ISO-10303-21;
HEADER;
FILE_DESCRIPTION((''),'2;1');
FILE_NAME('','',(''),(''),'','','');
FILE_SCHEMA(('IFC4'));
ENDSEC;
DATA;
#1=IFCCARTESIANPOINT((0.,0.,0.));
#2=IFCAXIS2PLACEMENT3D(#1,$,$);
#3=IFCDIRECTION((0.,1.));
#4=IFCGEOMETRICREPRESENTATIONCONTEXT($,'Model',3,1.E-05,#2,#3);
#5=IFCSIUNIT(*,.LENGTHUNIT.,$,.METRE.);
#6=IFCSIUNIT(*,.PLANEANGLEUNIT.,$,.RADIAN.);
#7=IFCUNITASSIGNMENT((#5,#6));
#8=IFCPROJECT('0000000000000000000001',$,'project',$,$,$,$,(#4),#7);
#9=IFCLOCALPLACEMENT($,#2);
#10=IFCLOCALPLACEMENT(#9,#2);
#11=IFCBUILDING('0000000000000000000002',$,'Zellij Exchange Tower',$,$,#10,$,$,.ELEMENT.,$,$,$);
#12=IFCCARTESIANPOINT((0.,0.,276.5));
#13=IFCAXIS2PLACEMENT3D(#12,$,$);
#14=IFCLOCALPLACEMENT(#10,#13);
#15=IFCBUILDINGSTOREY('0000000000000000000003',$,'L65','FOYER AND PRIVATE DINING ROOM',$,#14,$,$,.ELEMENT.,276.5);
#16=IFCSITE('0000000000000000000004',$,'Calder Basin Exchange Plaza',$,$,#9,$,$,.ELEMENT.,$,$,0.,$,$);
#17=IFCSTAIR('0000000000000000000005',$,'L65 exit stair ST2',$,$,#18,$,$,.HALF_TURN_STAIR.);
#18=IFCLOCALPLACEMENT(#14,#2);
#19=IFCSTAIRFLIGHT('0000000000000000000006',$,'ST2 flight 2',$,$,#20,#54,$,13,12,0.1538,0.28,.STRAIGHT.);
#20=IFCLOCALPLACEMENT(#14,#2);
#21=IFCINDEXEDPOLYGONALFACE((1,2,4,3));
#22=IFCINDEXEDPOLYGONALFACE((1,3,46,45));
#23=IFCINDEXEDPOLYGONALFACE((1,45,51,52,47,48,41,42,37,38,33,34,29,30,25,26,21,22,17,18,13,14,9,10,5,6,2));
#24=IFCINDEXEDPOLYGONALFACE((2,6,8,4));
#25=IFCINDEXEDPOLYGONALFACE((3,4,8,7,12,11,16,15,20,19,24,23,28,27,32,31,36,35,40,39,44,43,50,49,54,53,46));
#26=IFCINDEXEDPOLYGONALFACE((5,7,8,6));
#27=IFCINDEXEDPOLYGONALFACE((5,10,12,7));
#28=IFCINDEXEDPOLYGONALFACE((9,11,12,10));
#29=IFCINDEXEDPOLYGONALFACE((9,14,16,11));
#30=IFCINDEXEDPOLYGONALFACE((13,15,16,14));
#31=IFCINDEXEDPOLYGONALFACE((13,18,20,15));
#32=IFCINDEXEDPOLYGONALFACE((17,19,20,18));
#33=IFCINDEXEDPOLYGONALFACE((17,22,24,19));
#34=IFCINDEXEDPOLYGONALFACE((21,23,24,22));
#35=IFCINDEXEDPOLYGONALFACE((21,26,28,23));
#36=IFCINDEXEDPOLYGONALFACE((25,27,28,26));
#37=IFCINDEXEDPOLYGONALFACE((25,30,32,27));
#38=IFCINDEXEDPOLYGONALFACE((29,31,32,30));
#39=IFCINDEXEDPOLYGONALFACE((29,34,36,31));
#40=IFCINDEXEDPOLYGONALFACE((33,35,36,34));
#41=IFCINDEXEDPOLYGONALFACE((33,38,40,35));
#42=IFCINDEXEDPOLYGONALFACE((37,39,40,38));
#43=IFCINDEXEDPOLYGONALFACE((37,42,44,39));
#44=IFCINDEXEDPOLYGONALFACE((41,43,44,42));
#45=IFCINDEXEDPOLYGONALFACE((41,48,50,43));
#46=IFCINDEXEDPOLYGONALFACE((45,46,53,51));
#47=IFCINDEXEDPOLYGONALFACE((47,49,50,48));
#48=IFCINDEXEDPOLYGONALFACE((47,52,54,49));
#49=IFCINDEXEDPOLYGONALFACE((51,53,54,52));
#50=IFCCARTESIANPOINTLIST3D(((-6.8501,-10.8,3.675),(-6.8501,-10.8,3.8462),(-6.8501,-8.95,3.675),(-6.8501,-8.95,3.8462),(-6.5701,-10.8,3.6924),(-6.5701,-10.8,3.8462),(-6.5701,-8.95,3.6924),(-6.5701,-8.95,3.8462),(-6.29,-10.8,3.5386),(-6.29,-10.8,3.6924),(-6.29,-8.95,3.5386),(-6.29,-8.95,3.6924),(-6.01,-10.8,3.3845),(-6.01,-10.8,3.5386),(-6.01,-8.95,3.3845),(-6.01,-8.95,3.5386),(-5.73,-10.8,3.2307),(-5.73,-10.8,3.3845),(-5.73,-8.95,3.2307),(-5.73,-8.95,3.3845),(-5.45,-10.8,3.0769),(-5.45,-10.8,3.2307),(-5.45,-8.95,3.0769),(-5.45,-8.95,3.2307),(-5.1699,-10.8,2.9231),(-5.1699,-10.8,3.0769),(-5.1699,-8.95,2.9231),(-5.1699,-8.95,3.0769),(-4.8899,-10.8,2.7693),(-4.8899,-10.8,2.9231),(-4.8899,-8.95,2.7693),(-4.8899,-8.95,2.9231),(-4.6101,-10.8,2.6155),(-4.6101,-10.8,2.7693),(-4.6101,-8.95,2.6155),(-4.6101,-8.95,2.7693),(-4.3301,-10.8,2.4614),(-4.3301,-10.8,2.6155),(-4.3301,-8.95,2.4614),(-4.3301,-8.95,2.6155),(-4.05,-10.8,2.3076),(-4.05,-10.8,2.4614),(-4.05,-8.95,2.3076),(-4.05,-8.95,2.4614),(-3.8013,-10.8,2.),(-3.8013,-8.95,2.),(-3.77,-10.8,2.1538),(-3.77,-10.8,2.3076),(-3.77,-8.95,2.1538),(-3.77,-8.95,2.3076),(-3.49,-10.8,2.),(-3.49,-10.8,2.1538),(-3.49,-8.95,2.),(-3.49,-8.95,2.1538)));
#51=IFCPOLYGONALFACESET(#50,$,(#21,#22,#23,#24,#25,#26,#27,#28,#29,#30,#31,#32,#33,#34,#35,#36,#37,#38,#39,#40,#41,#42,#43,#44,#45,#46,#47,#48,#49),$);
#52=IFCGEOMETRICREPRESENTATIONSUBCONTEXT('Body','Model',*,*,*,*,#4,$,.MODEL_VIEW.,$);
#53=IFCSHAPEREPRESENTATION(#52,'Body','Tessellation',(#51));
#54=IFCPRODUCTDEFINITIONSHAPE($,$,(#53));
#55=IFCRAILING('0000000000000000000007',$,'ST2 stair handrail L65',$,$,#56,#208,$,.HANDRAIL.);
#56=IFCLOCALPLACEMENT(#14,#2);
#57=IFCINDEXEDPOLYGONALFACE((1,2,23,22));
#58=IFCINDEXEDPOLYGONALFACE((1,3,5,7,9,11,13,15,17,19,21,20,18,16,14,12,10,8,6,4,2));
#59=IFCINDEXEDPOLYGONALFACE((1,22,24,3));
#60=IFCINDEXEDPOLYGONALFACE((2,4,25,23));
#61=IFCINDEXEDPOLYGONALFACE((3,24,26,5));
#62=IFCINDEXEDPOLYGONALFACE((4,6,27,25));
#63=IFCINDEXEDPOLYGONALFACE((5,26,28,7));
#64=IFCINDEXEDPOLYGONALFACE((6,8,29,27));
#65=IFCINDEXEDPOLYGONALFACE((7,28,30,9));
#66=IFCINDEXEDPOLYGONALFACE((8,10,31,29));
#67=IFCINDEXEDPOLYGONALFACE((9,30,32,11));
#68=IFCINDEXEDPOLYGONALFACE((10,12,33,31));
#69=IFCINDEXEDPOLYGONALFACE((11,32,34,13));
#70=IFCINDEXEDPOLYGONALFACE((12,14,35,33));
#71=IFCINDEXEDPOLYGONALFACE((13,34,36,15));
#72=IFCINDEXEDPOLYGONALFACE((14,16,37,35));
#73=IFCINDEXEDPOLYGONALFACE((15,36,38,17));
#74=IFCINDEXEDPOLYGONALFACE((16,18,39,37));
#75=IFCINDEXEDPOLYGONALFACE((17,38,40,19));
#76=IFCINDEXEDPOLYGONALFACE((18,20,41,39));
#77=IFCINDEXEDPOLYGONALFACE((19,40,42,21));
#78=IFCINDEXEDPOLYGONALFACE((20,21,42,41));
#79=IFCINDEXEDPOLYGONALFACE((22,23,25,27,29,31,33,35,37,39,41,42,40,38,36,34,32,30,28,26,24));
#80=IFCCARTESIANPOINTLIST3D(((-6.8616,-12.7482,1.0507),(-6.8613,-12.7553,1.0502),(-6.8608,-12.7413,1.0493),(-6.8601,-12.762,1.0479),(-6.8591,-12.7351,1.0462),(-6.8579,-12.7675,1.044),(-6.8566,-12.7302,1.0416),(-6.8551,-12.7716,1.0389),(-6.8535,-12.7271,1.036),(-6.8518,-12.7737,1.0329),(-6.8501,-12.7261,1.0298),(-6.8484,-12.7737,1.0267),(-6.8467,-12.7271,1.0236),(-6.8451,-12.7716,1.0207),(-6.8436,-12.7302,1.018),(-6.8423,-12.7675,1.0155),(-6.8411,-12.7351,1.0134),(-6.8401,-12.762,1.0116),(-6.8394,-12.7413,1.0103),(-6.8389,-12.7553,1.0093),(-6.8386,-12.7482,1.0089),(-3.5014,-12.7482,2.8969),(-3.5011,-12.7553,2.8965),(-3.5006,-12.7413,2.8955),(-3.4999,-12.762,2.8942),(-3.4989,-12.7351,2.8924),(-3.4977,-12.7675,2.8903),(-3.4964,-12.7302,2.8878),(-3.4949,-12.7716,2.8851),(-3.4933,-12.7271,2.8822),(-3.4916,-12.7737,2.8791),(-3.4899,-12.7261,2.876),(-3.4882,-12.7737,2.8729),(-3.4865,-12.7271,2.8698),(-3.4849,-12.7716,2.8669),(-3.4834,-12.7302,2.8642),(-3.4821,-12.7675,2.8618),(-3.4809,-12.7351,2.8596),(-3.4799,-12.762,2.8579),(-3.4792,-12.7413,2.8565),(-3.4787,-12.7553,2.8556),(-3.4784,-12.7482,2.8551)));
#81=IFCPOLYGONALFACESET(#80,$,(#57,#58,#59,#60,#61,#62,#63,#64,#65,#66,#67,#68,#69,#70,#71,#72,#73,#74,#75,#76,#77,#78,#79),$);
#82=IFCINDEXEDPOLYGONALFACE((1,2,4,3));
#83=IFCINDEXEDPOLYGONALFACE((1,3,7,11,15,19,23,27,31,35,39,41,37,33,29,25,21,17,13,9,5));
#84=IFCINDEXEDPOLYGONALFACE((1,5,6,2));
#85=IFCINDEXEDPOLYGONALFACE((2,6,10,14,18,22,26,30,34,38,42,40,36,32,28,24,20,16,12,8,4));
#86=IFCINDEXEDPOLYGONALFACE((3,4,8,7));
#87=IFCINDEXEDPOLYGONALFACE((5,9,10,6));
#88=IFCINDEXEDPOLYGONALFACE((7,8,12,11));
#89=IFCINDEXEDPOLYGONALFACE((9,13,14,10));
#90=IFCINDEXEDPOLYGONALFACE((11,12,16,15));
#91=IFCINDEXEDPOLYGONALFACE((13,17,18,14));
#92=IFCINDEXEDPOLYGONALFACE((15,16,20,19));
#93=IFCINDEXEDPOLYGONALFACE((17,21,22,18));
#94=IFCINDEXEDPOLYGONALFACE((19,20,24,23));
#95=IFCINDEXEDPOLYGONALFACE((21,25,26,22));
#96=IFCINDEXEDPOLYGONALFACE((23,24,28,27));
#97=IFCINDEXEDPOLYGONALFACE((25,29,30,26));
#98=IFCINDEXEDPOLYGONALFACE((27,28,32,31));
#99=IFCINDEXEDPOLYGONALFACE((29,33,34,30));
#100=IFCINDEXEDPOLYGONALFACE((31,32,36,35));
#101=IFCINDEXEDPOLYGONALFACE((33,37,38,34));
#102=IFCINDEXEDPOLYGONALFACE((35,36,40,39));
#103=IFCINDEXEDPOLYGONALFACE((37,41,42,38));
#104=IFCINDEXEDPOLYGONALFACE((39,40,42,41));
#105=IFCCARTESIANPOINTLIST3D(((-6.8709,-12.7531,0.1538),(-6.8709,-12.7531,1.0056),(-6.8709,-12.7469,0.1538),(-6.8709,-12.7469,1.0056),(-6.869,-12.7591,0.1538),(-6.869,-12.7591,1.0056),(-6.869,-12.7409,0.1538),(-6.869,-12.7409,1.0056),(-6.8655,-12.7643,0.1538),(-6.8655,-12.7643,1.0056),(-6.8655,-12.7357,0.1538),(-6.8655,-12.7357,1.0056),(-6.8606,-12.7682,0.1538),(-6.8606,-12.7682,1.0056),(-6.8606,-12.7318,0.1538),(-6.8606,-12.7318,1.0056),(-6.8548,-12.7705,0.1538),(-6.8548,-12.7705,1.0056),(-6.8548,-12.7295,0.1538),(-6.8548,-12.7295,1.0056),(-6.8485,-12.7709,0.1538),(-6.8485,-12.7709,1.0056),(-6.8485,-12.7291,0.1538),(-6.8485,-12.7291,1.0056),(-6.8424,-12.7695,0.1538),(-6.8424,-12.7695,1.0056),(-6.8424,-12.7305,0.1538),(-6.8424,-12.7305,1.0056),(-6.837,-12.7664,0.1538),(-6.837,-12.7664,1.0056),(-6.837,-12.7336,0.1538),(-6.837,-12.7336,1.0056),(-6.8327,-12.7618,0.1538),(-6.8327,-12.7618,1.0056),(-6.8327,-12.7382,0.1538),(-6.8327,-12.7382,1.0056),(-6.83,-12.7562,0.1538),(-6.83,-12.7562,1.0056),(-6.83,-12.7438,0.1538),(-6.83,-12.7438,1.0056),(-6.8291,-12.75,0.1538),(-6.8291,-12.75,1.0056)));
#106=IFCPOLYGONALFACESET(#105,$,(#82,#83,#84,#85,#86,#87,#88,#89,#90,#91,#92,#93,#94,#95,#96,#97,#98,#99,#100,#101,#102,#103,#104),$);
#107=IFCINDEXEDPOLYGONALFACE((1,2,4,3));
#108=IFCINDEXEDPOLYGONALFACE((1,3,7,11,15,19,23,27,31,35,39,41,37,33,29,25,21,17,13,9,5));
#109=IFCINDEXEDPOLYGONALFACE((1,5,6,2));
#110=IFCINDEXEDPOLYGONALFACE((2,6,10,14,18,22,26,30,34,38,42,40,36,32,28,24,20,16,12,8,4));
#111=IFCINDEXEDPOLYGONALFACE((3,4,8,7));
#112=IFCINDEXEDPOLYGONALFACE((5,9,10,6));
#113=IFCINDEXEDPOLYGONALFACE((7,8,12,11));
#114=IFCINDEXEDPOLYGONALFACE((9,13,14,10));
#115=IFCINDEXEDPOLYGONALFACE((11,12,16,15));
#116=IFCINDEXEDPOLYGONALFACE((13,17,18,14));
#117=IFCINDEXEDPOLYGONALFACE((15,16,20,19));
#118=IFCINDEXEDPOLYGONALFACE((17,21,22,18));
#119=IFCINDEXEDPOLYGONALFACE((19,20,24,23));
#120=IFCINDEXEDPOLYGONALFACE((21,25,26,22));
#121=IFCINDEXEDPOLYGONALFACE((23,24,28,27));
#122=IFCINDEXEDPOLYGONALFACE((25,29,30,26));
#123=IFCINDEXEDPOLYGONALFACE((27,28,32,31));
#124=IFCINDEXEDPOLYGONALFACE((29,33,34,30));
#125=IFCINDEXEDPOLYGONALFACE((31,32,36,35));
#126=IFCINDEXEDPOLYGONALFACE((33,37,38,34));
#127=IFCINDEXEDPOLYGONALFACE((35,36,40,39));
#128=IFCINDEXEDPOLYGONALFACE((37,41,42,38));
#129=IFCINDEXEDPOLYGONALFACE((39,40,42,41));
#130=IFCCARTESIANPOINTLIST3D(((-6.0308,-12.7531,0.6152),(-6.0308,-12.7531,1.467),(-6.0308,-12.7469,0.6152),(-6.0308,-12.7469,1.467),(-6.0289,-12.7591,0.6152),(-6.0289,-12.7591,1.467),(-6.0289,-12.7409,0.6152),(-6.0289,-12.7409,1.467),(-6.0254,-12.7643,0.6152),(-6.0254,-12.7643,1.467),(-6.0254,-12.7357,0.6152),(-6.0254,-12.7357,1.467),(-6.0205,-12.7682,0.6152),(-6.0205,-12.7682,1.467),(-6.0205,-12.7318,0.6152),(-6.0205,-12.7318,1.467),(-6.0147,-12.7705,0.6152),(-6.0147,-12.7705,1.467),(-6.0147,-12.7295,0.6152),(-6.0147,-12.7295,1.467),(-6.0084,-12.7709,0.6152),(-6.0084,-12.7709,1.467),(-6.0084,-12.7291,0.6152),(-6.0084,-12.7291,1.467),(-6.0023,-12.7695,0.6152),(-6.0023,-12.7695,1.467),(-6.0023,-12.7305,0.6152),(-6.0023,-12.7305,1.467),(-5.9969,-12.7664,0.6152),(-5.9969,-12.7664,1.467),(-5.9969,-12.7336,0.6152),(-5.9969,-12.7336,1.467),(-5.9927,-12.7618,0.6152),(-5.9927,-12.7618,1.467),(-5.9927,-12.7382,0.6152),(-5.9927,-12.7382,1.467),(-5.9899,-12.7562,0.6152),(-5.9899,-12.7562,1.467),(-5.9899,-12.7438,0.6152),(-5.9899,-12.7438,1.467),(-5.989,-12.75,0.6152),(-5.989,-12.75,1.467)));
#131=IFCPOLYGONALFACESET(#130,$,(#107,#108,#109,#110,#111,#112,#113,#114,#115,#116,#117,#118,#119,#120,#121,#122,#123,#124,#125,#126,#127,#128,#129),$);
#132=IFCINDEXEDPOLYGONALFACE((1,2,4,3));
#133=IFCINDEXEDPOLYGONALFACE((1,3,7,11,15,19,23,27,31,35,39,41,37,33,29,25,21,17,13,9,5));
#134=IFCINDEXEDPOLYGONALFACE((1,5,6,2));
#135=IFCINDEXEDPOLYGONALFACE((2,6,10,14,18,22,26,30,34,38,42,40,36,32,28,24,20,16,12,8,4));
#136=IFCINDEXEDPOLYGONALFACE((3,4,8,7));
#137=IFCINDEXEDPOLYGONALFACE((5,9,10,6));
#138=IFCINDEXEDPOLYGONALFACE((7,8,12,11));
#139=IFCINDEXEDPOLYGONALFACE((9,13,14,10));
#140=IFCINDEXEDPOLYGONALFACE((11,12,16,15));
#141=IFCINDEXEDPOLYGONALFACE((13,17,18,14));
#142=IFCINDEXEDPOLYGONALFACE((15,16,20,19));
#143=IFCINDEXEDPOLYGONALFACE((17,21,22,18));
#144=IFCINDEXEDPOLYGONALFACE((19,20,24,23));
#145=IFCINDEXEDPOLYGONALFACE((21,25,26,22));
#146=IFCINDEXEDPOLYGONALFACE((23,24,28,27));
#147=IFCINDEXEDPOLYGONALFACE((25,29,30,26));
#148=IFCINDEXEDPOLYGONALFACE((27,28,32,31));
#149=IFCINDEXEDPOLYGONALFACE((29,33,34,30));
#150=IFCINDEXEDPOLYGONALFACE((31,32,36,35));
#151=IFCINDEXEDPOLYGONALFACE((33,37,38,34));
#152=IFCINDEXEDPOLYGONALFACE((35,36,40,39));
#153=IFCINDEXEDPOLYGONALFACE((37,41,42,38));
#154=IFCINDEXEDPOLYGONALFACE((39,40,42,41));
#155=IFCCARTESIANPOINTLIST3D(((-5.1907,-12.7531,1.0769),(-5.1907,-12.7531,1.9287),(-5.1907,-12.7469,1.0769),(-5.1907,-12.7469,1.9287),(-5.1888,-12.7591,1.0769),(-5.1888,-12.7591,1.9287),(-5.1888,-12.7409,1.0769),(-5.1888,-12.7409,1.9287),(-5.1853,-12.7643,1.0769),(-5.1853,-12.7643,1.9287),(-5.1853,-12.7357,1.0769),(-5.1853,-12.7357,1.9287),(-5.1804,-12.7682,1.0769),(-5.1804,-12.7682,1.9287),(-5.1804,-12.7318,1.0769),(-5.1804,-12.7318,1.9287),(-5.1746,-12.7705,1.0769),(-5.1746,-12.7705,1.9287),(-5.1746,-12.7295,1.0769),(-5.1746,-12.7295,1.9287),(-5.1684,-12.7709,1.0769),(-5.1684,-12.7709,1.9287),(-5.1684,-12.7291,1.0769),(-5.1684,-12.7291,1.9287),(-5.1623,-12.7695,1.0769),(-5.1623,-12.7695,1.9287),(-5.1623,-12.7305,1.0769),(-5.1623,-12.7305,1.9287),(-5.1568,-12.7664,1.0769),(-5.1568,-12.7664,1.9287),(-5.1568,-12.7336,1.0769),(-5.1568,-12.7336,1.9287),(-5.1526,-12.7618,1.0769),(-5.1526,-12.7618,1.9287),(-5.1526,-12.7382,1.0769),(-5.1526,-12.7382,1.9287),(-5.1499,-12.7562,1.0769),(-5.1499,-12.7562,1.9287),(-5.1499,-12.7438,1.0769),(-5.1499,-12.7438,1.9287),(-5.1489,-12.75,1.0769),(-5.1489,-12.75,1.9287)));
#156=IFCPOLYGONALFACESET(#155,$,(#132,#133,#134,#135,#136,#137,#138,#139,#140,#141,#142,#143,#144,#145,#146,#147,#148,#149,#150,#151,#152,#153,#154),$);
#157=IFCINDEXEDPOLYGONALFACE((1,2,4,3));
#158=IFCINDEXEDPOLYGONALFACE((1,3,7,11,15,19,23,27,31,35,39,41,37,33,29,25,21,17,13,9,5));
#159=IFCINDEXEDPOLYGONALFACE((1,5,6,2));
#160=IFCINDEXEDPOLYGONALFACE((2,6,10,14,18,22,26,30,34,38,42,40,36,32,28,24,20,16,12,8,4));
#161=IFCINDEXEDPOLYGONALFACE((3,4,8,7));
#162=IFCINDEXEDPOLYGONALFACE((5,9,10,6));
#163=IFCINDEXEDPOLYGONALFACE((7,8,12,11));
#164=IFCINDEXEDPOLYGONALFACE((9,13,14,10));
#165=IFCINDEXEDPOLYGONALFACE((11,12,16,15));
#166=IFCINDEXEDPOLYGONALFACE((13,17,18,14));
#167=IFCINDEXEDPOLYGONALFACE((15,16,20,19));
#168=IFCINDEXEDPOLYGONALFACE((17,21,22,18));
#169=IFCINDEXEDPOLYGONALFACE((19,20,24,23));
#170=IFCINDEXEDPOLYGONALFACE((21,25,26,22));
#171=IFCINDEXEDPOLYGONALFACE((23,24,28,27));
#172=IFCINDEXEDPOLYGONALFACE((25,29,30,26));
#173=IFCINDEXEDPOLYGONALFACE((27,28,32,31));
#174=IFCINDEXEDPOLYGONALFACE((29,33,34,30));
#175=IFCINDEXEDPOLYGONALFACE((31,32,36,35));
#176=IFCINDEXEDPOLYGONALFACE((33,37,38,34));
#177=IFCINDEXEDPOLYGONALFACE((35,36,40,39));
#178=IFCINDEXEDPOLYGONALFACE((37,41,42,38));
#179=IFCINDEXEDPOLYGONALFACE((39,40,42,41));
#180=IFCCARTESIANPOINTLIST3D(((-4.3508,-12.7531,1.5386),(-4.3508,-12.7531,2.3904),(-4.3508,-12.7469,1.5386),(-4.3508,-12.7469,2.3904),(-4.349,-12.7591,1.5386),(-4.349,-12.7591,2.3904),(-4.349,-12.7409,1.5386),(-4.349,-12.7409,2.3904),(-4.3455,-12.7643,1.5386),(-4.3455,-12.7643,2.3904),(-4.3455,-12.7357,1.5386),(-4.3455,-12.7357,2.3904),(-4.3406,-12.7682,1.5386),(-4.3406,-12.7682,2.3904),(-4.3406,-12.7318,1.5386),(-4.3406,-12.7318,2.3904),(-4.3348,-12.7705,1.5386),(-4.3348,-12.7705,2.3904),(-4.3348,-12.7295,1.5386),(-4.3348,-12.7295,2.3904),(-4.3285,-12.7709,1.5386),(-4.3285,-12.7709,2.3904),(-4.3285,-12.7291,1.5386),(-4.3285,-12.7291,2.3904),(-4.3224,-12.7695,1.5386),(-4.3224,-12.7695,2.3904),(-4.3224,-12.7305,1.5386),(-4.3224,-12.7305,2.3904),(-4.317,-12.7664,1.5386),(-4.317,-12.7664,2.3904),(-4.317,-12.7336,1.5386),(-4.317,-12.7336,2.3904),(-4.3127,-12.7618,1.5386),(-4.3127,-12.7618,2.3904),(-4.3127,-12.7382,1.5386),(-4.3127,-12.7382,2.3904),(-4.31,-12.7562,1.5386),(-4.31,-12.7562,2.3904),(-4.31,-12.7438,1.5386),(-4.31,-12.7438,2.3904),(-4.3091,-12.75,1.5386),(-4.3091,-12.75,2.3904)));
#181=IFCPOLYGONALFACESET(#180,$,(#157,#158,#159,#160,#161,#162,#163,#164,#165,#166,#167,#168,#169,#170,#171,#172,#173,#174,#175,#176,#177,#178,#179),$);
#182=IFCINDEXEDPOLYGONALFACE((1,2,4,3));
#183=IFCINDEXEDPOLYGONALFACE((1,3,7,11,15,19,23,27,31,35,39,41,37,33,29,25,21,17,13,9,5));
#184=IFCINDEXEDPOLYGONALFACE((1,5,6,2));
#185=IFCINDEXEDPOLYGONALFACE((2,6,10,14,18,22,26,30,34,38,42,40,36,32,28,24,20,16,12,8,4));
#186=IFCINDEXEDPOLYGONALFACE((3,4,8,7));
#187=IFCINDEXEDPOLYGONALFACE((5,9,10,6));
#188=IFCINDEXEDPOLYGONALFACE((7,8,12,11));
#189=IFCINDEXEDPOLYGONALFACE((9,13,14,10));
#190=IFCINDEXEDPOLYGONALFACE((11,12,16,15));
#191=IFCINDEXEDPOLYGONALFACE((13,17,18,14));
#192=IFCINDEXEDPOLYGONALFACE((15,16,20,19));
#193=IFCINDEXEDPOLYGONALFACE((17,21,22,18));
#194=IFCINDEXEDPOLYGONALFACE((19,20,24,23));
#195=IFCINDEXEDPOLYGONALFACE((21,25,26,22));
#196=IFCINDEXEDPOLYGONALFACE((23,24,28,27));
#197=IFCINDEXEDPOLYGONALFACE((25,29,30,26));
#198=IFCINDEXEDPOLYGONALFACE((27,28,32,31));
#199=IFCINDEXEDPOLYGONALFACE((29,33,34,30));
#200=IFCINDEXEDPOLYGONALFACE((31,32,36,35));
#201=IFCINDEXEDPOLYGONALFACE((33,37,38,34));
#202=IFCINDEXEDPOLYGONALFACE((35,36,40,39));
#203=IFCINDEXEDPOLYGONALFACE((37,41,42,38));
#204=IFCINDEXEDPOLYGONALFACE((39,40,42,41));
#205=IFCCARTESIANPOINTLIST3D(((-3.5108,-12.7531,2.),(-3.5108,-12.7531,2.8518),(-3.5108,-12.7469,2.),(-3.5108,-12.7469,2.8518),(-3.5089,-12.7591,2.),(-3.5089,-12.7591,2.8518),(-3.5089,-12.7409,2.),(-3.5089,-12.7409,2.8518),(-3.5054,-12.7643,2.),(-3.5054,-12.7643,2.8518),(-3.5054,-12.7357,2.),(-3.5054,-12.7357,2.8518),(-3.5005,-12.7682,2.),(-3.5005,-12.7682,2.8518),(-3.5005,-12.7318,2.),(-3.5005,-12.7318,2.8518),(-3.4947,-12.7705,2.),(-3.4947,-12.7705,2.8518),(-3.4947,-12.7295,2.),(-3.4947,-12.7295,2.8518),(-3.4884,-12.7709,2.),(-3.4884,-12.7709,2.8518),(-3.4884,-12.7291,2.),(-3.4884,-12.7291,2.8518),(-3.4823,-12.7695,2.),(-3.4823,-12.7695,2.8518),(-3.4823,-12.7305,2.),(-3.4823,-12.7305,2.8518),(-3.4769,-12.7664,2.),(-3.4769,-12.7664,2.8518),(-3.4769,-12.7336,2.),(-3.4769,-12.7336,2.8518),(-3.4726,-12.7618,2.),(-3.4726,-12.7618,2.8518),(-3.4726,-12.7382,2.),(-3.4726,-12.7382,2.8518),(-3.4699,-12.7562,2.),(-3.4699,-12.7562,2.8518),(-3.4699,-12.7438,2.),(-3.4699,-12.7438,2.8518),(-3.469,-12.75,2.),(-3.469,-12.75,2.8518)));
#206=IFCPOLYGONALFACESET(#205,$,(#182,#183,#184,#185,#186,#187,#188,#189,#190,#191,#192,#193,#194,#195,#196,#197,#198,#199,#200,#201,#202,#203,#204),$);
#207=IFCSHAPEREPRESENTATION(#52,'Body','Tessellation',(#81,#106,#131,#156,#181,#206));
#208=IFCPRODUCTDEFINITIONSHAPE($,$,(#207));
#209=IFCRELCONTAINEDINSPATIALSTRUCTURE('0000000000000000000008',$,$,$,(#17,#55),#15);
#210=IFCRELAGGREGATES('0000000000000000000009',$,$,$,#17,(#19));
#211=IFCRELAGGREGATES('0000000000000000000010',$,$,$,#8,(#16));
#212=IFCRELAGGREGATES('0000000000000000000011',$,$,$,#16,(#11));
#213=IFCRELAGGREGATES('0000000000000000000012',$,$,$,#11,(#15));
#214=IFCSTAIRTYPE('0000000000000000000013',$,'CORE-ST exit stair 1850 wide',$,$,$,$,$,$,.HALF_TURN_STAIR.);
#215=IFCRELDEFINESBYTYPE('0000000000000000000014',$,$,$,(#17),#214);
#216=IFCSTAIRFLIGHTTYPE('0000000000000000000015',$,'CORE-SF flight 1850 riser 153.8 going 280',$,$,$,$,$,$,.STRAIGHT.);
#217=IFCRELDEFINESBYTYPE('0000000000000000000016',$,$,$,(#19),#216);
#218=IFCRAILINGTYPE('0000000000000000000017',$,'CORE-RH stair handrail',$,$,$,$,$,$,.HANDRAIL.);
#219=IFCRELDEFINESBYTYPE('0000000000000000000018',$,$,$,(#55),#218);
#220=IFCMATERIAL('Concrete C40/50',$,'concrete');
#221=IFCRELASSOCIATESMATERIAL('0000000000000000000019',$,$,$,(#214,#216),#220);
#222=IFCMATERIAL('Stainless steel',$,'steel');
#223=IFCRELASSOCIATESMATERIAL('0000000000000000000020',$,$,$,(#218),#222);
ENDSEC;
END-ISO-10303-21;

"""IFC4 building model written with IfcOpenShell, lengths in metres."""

from ifc_helpers import new_model, si_unit, direction, frame, origin, origin_2d, place, context, subcontext, project, spatial, polyline, circle, outline, extrude, material, type_object, element, aggregate, save


model = new_model("IFC4")

# Units and contexts
model_context = context("Model", 3, precision=1e-05, world=origin(), true_north=direction((0.0, 1.0)))
body_context = subcontext(model_context, "Body", "Model", "MODEL_VIEW")
ifc_project = project(units=[si_unit("LENGTHUNIT", "METRE"), si_unit("PLANEANGLEUNIT", "RADIAN")], contexts=[model_context])

# Site, building, storey
site_placement = place(None, origin())
site = spatial("IfcSite", under=ifc_project, at=site_placement, Name="Calder Basin Exchange Plaza", CompositionType="ELEMENT", RefElevation=0.0)
building_placement = place(site_placement, origin())
building = spatial("IfcBuilding", under=site, at=building_placement, Name="Zellij Exchange Tower", CompositionType="ELEMENT")
storey_placement = place(building_placement, frame((0.0, 0.0, 276.5)))
storey = spatial("IfcBuildingStorey", under=building, at=storey_placement, Name="L65", Description="FOYER AND PRIVATE DINING ROOM", CompositionType="ELEMENT", Elevation=276.5)

# Shared definitions
ifc_material_1 = material(Name="Concrete C40/50", Category="concrete")

# Stair, stair flight
stair_type = type_object("IfcStairType", Name="CORE-ST exit stair 1850 wide", PredefinedType="HALF_TURN_STAIR", material=ifc_material_1)
stair_placement = place(storey_placement, origin())
stair = element("IfcStair", 1, at=stair_placement, inside=storey, type_object=stair_type, Name="L65 exit stair ST2", PredefinedType="HALF_TURN_STAIR")
stair_flight_type = type_object("IfcStairFlightType", Name="CORE-SF flight 1850 riser 153.8 going 280", PredefinedType="STRAIGHT", material=ifc_material_1)
stair_flight_1_placement = place(storey_placement, frame((-3.49, -9.875, 2.0), z_axis=(0.0, 0.0, 1.0), x_axis=(-1.0, 0.0, 0.0)))
stair_flight_1 = element("IfcStairFlight", 2, at=stair_flight_1_placement, type_object=stair_flight_type, Name="ST2 flight 2", NumberOfRisers=13, NumberOfTreads=12, PredefinedType="STRAIGHT", RiserHeight=0.1538, TreadLength=0.28, context=body_context, shape_type="SweptSolid", body=[
    extrude(outline(polyline([(0.0, 0.0), (0.0, 0.1538), (0.28, 0.1538), (0.28, 0.3076), (0.5601, 0.3076), (0.5601, 0.4614), (0.8401, 0.4614), (0.8401, 0.6155), (1.1201, 0.6155), (1.1201, 0.7693), (1.3999, 0.7693), (1.3999, 0.9231), (1.6799, 0.9231), (1.6799, 1.0769), (1.96, 1.0769), (1.96, 1.2307), (2.24, 1.2307), (2.24, 1.3845), (2.52, 1.3845), (2.52, 1.5386), (2.8, 1.5386), (2.8, 1.6924), (3.0801, 1.6924), (3.0801, 1.8462), (3.3601, 1.8462), (3.3601, 2.0), (3.3601, 1.675), (0.3113, 0.0), (0.0, 0.0)])), frame((0.0, 0.925, 0.0), z_axis=(0.0, -1.0, 0.0), x_axis=(1.0, 0.0, 0.0)), (0.0, 0.0, 1.0), 1.8501),
])
aggregate(stair, [stair_flight_1])

# Railing
ifc_material_2 = material(Name="Stainless steel", Category="steel")
railing_type_1 = type_object("IfcRailingType", Name="CORE-RH stair handrail", PredefinedType="HANDRAIL", material=ifc_material_2)
railing_1_placement = place(storey_placement, frame((-6.8501, -12.75, 0.1538)))
element("IfcRailing", 3, at=railing_1_placement, inside=storey, type_object=railing_type_1, Name="ST2 stair handrail L65", PredefinedType="HANDRAIL", context=body_context, shape_type="SweptSolid", body=[
    extrude(circle(Radius=0.0239, at=origin_2d()), frame((0.0, 0.0, 0.876), z_axis=(0.876422, 0.0, 0.481545), x_axis=(0.0, 1.0, 0.0)), (0.0, 0.0, 1.0), 3.834),
    extrude(circle(Radius=0.021, at=origin_2d()), origin(), (0.0, 0.0, 1.0), 0.8518),
    extrude(circle(Radius=0.021, at=origin_2d()), frame((0.8401, 0.0, 0.4614)), (0.0, 0.0, 1.0), 0.8518),
    extrude(circle(Radius=0.021, at=origin_2d()), frame((1.6802, 0.0, 0.9231)), (0.0, 0.0, 1.0), 0.8518),
    extrude(circle(Radius=0.021, at=origin_2d()), frame((2.52, 0.0, 1.3848)), (0.0, 0.0, 1.0), 0.8518),
    extrude(circle(Radius=0.021, at=origin_2d()), frame((3.3601, 0.0, 1.8462)), (0.0, 0.0, 1.0), 0.8518),
])

save(model, "model.ifc")
